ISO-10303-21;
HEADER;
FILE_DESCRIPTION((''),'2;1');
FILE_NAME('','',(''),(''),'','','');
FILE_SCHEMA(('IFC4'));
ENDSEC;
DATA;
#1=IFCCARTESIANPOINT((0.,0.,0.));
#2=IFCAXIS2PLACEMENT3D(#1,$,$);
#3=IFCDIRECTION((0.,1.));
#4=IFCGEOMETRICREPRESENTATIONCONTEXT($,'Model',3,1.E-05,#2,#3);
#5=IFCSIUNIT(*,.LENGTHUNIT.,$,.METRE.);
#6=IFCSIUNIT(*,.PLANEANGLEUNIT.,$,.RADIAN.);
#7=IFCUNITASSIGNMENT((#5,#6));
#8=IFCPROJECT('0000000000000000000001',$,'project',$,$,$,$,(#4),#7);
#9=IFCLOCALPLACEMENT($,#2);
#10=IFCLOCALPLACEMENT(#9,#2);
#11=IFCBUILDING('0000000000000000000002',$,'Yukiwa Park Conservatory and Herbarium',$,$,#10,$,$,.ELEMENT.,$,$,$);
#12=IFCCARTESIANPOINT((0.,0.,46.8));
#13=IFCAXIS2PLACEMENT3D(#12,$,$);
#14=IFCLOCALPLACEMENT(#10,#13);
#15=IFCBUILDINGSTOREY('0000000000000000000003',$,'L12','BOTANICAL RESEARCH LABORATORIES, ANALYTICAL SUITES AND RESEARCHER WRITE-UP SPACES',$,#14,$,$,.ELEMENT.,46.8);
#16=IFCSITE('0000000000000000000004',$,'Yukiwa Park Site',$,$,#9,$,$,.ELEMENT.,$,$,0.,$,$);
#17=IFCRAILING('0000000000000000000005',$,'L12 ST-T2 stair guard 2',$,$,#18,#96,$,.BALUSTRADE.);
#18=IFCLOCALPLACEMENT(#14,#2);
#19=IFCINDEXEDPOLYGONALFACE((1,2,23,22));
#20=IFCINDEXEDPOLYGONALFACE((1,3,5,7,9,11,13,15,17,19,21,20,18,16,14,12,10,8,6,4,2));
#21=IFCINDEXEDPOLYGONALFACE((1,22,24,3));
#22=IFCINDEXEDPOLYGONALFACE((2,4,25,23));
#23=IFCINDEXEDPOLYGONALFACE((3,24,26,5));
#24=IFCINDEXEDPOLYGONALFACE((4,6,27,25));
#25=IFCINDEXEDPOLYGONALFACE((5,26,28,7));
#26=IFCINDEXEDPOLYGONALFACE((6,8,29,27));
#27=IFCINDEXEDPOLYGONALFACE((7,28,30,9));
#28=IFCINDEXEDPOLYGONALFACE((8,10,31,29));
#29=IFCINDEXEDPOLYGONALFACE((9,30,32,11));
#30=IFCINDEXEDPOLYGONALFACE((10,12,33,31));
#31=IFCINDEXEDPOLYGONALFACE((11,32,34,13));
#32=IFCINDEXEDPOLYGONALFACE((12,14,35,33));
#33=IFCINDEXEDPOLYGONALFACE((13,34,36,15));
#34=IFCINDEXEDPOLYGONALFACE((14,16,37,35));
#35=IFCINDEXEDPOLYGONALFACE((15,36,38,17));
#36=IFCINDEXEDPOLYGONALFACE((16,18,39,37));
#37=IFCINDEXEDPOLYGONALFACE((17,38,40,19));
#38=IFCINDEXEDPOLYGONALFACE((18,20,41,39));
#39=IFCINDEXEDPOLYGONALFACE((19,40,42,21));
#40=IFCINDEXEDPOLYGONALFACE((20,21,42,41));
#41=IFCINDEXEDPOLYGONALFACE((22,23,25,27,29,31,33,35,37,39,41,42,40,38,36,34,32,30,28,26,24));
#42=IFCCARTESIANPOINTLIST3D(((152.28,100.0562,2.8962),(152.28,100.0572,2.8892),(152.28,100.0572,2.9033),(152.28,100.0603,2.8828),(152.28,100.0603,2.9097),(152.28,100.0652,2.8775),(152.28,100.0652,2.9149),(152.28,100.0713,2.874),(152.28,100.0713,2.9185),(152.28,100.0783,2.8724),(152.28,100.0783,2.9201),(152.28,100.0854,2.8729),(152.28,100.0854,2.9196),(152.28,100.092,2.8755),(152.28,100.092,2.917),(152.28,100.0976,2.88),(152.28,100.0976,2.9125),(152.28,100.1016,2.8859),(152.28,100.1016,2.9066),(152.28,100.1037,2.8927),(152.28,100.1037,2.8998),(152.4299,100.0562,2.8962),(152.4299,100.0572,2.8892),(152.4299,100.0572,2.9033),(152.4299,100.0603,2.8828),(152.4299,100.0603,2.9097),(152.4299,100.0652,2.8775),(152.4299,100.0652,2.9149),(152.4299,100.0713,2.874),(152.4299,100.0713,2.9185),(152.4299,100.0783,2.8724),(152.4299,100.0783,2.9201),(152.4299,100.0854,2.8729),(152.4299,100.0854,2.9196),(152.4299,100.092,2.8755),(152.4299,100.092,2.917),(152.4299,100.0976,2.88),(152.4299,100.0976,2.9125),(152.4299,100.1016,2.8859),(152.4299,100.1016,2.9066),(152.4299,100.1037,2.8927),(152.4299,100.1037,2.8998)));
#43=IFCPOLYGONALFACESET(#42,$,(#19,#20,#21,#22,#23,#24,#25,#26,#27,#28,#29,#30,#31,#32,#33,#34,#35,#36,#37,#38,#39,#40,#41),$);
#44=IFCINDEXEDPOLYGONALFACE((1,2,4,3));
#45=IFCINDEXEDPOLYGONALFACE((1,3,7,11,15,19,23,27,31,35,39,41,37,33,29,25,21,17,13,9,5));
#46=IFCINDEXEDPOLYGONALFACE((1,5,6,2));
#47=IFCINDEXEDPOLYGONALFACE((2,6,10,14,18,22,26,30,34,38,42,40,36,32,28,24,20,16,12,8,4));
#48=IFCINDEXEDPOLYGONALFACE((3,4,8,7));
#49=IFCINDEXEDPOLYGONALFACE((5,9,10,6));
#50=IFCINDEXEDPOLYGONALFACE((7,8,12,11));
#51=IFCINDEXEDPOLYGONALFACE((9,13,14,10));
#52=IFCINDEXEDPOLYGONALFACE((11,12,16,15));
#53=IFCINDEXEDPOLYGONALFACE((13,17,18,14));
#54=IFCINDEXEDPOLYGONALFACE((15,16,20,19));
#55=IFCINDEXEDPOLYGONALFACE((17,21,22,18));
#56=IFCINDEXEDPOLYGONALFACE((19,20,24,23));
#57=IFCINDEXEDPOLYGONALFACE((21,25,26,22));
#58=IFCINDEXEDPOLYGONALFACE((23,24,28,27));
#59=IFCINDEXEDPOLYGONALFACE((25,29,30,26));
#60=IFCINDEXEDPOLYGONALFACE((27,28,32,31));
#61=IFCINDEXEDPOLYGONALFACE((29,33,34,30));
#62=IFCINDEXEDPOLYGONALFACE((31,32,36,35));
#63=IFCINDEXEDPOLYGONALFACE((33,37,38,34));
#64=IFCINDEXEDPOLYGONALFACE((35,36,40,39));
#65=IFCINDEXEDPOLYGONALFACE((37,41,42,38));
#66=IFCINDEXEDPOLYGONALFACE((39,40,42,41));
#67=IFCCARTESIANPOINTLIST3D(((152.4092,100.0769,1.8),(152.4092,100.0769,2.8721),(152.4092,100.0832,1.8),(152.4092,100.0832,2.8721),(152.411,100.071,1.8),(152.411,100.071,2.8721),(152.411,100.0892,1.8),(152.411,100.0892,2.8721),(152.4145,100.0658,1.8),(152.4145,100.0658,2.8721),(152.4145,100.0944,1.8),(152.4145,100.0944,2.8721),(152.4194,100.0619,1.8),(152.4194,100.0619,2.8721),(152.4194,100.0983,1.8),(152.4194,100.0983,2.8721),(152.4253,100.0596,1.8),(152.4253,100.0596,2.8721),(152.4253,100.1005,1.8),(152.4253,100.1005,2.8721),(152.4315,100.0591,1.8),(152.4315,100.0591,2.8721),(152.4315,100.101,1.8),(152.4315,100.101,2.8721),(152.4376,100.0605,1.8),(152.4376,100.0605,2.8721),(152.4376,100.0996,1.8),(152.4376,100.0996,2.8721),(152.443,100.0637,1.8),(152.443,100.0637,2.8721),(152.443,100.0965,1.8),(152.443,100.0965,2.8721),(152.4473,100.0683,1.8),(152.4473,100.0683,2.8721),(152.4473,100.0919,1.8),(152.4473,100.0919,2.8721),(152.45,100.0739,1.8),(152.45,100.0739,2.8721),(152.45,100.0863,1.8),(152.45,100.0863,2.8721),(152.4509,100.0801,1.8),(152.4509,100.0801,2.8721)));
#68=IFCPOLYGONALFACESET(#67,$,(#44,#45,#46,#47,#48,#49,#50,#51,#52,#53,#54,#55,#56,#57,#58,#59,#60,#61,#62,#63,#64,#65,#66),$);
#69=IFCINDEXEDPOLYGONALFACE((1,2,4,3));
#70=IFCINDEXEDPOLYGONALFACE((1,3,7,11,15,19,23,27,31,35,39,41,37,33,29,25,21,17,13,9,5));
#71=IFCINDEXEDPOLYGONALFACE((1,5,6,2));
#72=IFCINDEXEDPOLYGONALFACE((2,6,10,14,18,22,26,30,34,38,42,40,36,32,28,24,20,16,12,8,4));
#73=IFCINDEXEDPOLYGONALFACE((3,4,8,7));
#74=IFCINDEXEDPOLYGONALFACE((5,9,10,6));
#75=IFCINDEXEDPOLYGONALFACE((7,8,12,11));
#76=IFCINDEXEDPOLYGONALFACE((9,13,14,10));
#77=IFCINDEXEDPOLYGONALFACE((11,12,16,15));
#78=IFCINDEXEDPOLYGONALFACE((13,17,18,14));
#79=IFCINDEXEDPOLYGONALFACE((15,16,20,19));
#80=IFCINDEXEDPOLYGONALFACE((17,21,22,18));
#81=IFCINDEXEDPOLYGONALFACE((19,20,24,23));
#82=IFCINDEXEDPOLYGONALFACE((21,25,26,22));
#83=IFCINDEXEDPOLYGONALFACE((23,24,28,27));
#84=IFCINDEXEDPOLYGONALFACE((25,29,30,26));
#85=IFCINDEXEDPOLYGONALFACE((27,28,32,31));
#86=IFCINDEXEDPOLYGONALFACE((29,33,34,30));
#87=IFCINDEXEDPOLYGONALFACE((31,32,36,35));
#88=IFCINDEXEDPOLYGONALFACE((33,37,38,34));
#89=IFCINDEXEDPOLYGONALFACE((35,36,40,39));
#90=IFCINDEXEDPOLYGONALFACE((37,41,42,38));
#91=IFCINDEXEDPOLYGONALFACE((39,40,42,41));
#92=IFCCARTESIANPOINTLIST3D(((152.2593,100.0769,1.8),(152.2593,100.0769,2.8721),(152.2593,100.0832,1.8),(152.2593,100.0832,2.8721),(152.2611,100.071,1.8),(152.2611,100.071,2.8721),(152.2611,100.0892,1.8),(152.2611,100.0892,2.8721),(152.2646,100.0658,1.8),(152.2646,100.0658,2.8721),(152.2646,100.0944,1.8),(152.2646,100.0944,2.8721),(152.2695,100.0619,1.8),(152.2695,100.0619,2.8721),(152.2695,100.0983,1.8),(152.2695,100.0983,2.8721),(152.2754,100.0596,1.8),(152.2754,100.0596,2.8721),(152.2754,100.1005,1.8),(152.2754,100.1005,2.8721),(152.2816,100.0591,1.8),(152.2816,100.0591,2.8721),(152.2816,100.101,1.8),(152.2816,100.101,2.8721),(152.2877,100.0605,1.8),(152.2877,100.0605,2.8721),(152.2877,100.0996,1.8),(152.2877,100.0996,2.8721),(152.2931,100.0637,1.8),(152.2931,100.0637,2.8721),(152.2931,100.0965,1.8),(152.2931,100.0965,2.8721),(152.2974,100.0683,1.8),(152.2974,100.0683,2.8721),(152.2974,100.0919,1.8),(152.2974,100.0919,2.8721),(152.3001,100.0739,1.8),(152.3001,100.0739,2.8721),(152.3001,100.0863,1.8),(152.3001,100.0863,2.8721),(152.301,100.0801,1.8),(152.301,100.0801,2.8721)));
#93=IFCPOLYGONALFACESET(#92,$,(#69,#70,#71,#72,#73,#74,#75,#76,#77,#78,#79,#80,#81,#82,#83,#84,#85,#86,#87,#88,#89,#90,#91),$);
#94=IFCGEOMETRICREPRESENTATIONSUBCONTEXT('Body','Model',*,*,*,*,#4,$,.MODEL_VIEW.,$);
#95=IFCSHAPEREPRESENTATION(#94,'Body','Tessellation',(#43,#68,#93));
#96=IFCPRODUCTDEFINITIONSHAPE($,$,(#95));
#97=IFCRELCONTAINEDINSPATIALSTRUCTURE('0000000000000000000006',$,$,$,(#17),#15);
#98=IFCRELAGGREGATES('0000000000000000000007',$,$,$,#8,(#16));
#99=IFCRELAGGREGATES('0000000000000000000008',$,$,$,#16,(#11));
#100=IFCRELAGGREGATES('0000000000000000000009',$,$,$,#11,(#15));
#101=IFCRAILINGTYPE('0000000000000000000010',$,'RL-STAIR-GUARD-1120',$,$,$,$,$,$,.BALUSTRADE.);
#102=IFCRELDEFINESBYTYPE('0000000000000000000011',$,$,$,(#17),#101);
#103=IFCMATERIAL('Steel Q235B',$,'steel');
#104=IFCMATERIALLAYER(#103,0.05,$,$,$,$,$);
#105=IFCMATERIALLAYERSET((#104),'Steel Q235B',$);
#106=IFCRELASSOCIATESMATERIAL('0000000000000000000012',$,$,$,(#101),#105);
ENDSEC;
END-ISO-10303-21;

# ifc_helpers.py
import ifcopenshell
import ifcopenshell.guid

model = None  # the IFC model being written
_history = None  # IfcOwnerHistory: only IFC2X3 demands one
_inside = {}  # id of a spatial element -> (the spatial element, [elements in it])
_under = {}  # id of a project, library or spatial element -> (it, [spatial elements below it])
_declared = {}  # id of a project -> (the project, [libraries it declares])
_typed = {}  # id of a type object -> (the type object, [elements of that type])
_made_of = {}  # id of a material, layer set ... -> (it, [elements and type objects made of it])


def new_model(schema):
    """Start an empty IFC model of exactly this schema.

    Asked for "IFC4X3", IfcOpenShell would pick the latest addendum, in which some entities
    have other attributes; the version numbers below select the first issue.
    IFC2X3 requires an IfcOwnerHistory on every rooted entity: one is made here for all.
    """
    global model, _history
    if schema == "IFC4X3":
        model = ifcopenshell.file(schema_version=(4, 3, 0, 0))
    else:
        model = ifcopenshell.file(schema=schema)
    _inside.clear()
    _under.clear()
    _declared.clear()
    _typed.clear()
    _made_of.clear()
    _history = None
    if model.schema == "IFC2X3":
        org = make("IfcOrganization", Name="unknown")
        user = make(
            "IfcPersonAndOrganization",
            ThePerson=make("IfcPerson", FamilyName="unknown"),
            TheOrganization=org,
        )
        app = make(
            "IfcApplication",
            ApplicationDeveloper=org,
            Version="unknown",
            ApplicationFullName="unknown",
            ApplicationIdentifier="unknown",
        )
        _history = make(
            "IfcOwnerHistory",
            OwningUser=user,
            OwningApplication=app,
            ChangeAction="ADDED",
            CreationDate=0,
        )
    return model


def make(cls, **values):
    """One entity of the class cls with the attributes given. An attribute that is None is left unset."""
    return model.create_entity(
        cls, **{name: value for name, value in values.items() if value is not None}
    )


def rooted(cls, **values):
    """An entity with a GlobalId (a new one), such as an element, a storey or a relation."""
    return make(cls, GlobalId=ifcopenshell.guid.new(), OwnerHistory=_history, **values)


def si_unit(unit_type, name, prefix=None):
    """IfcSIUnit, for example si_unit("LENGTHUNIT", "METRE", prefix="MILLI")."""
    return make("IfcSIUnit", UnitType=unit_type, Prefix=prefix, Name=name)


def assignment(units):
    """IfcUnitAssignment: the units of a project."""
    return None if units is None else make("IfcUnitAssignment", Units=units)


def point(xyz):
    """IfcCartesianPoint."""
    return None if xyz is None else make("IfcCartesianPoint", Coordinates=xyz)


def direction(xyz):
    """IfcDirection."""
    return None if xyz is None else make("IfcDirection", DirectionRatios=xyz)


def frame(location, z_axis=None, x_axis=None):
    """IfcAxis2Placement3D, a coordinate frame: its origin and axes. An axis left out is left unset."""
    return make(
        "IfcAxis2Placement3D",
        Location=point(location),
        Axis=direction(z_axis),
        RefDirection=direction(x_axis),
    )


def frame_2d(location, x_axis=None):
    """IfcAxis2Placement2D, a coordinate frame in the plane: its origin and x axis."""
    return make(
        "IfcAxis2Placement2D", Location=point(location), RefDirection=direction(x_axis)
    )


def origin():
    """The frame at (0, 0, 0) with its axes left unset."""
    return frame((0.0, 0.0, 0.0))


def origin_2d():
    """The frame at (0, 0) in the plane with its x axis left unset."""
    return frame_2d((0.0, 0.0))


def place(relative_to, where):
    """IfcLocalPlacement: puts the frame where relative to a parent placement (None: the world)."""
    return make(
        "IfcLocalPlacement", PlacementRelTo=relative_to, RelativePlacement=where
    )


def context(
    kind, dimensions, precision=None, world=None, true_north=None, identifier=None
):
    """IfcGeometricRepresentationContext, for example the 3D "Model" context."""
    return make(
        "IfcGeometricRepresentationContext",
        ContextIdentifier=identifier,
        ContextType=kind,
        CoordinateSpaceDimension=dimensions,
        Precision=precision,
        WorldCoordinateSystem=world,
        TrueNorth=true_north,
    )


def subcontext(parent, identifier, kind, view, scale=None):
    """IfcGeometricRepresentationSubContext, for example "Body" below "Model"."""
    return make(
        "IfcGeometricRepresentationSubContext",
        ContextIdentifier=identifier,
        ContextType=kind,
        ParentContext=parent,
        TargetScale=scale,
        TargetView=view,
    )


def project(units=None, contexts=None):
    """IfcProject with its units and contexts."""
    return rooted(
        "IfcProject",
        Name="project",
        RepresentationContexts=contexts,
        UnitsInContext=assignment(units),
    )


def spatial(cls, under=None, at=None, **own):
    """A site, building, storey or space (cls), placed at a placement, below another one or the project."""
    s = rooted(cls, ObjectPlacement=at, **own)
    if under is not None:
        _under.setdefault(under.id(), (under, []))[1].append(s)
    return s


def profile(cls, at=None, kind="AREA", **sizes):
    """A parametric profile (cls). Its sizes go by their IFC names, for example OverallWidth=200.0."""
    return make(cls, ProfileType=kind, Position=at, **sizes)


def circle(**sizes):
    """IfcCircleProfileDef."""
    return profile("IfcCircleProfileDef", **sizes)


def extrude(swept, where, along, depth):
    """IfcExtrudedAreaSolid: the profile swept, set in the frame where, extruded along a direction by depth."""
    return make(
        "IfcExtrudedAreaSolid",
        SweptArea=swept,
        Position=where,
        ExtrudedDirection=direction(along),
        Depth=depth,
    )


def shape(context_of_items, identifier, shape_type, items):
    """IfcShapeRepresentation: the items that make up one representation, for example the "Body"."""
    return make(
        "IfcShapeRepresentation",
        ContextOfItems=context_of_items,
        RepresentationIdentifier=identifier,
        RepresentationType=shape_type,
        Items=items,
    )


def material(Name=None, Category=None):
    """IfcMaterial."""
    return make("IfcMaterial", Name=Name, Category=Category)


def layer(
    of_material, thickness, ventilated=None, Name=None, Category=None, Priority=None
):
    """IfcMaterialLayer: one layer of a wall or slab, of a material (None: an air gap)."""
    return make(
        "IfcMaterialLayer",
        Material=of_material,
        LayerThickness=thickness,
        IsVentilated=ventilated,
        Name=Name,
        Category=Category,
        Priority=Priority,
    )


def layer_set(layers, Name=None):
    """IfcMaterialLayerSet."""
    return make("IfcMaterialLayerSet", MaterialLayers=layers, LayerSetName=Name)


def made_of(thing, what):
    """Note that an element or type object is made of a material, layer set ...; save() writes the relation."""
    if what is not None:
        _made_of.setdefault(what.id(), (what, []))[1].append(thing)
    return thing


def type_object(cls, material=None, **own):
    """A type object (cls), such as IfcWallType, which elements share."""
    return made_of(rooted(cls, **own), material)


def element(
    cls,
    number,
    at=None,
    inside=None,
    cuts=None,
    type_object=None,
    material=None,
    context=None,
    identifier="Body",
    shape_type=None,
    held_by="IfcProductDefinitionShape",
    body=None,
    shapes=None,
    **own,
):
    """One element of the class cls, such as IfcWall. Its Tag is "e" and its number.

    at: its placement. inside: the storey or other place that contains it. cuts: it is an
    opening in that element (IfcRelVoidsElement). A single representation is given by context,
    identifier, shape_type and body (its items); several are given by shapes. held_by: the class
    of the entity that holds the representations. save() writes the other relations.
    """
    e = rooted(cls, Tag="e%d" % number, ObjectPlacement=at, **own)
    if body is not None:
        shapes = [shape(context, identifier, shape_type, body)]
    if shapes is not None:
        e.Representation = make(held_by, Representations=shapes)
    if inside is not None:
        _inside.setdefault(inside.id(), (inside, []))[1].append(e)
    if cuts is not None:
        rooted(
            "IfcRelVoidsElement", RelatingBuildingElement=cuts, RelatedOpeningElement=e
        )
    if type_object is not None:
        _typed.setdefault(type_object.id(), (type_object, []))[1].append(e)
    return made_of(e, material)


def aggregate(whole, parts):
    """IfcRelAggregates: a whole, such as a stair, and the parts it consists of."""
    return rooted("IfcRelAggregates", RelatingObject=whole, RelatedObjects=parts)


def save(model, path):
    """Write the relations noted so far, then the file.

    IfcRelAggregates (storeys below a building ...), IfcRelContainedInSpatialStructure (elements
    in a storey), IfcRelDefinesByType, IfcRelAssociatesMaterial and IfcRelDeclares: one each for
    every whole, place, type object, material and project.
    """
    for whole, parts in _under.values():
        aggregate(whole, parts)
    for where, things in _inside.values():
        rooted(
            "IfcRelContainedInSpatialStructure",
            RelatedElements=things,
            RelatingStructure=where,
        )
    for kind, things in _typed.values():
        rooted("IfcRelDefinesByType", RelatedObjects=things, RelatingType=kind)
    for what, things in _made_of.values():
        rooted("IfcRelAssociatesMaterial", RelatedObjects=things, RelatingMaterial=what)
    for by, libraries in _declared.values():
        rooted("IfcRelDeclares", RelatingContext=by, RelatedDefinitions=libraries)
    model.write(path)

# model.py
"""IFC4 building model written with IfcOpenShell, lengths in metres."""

from ifc_helpers import new_model, si_unit, direction, frame, origin, origin_2d, place, context, subcontext, project, spatial, circle, extrude, material, layer, layer_set, type_object, element, save


model = new_model("IFC4")

# Units and contexts
model_context = context("Model", 3, precision=1e-05, world=origin(), true_north=direction((0.0, 1.0)))
body_context = subcontext(model_context, "Body", "Model", "MODEL_VIEW")
ifc_project = project(units=[si_unit("LENGTHUNIT", "METRE"), si_unit("PLANEANGLEUNIT", "RADIAN")], contexts=[model_context])

# Site, building, storey
site_placement = place(None, origin())
site = spatial("IfcSite", under=ifc_project, at=site_placement, Name="Yukiwa Park Site", CompositionType="ELEMENT", RefElevation=0.0)
building_placement = place(site_placement, origin())
building = spatial("IfcBuilding", under=site, at=building_placement, Name="Yukiwa Park Conservatory and Herbarium", CompositionType="ELEMENT")
storey_placement = place(building_placement, frame((0.0, 0.0, 46.8)))
storey = spatial("IfcBuildingStorey", under=building, at=storey_placement, Name="L12", Description="BOTANICAL RESEARCH LABORATORIES, ANALYTICAL SUITES AND RESEARCHER WRITE-UP SPACES", CompositionType="ELEMENT", Elevation=46.8)

# Railing
ifc_material_1 = material(Name="Steel Q235B", Category="steel")
ifc_layer_1 = layer(ifc_material_1, 0.05)
ifc_layer_set_1 = layer_set([ifc_layer_1], Name="Steel Q235B")
railing_type_1 = type_object("IfcRailingType", Name="RL-STAIR-GUARD-1120", PredefinedType="BALUSTRADE", material=ifc_layer_set_1)
railing_1_placement = place(storey_placement, frame((152.4299, 100.0801, 1.8)))
element("IfcRailing", 1, at=railing_1_placement, inside=storey, type_object=railing_type_1, Name="L12 ST-T2 stair guard 2", PredefinedType="BALUSTRADE", context=body_context, shape_type="SweptSolid", body=[
    extrude(circle(Radius=0.0239, at=origin_2d()), frame((0.0, 0.0, 1.0962), z_axis=(-1.0, 0.0, 0.0), x_axis=(0.0, -1.0, 0.0)), (0.0, 0.0, 1.0), 0.1499),
    extrude(circle(Radius=0.021, at=origin_2d()), origin(), (0.0, 0.0, 1.0), 1.072),
    extrude(circle(Radius=0.021, at=origin_2d()), frame((-0.1499, 0.0, 0.0)), (0.0, 0.0, 1.0), 1.072),
])

save(model, "model.ifc")
